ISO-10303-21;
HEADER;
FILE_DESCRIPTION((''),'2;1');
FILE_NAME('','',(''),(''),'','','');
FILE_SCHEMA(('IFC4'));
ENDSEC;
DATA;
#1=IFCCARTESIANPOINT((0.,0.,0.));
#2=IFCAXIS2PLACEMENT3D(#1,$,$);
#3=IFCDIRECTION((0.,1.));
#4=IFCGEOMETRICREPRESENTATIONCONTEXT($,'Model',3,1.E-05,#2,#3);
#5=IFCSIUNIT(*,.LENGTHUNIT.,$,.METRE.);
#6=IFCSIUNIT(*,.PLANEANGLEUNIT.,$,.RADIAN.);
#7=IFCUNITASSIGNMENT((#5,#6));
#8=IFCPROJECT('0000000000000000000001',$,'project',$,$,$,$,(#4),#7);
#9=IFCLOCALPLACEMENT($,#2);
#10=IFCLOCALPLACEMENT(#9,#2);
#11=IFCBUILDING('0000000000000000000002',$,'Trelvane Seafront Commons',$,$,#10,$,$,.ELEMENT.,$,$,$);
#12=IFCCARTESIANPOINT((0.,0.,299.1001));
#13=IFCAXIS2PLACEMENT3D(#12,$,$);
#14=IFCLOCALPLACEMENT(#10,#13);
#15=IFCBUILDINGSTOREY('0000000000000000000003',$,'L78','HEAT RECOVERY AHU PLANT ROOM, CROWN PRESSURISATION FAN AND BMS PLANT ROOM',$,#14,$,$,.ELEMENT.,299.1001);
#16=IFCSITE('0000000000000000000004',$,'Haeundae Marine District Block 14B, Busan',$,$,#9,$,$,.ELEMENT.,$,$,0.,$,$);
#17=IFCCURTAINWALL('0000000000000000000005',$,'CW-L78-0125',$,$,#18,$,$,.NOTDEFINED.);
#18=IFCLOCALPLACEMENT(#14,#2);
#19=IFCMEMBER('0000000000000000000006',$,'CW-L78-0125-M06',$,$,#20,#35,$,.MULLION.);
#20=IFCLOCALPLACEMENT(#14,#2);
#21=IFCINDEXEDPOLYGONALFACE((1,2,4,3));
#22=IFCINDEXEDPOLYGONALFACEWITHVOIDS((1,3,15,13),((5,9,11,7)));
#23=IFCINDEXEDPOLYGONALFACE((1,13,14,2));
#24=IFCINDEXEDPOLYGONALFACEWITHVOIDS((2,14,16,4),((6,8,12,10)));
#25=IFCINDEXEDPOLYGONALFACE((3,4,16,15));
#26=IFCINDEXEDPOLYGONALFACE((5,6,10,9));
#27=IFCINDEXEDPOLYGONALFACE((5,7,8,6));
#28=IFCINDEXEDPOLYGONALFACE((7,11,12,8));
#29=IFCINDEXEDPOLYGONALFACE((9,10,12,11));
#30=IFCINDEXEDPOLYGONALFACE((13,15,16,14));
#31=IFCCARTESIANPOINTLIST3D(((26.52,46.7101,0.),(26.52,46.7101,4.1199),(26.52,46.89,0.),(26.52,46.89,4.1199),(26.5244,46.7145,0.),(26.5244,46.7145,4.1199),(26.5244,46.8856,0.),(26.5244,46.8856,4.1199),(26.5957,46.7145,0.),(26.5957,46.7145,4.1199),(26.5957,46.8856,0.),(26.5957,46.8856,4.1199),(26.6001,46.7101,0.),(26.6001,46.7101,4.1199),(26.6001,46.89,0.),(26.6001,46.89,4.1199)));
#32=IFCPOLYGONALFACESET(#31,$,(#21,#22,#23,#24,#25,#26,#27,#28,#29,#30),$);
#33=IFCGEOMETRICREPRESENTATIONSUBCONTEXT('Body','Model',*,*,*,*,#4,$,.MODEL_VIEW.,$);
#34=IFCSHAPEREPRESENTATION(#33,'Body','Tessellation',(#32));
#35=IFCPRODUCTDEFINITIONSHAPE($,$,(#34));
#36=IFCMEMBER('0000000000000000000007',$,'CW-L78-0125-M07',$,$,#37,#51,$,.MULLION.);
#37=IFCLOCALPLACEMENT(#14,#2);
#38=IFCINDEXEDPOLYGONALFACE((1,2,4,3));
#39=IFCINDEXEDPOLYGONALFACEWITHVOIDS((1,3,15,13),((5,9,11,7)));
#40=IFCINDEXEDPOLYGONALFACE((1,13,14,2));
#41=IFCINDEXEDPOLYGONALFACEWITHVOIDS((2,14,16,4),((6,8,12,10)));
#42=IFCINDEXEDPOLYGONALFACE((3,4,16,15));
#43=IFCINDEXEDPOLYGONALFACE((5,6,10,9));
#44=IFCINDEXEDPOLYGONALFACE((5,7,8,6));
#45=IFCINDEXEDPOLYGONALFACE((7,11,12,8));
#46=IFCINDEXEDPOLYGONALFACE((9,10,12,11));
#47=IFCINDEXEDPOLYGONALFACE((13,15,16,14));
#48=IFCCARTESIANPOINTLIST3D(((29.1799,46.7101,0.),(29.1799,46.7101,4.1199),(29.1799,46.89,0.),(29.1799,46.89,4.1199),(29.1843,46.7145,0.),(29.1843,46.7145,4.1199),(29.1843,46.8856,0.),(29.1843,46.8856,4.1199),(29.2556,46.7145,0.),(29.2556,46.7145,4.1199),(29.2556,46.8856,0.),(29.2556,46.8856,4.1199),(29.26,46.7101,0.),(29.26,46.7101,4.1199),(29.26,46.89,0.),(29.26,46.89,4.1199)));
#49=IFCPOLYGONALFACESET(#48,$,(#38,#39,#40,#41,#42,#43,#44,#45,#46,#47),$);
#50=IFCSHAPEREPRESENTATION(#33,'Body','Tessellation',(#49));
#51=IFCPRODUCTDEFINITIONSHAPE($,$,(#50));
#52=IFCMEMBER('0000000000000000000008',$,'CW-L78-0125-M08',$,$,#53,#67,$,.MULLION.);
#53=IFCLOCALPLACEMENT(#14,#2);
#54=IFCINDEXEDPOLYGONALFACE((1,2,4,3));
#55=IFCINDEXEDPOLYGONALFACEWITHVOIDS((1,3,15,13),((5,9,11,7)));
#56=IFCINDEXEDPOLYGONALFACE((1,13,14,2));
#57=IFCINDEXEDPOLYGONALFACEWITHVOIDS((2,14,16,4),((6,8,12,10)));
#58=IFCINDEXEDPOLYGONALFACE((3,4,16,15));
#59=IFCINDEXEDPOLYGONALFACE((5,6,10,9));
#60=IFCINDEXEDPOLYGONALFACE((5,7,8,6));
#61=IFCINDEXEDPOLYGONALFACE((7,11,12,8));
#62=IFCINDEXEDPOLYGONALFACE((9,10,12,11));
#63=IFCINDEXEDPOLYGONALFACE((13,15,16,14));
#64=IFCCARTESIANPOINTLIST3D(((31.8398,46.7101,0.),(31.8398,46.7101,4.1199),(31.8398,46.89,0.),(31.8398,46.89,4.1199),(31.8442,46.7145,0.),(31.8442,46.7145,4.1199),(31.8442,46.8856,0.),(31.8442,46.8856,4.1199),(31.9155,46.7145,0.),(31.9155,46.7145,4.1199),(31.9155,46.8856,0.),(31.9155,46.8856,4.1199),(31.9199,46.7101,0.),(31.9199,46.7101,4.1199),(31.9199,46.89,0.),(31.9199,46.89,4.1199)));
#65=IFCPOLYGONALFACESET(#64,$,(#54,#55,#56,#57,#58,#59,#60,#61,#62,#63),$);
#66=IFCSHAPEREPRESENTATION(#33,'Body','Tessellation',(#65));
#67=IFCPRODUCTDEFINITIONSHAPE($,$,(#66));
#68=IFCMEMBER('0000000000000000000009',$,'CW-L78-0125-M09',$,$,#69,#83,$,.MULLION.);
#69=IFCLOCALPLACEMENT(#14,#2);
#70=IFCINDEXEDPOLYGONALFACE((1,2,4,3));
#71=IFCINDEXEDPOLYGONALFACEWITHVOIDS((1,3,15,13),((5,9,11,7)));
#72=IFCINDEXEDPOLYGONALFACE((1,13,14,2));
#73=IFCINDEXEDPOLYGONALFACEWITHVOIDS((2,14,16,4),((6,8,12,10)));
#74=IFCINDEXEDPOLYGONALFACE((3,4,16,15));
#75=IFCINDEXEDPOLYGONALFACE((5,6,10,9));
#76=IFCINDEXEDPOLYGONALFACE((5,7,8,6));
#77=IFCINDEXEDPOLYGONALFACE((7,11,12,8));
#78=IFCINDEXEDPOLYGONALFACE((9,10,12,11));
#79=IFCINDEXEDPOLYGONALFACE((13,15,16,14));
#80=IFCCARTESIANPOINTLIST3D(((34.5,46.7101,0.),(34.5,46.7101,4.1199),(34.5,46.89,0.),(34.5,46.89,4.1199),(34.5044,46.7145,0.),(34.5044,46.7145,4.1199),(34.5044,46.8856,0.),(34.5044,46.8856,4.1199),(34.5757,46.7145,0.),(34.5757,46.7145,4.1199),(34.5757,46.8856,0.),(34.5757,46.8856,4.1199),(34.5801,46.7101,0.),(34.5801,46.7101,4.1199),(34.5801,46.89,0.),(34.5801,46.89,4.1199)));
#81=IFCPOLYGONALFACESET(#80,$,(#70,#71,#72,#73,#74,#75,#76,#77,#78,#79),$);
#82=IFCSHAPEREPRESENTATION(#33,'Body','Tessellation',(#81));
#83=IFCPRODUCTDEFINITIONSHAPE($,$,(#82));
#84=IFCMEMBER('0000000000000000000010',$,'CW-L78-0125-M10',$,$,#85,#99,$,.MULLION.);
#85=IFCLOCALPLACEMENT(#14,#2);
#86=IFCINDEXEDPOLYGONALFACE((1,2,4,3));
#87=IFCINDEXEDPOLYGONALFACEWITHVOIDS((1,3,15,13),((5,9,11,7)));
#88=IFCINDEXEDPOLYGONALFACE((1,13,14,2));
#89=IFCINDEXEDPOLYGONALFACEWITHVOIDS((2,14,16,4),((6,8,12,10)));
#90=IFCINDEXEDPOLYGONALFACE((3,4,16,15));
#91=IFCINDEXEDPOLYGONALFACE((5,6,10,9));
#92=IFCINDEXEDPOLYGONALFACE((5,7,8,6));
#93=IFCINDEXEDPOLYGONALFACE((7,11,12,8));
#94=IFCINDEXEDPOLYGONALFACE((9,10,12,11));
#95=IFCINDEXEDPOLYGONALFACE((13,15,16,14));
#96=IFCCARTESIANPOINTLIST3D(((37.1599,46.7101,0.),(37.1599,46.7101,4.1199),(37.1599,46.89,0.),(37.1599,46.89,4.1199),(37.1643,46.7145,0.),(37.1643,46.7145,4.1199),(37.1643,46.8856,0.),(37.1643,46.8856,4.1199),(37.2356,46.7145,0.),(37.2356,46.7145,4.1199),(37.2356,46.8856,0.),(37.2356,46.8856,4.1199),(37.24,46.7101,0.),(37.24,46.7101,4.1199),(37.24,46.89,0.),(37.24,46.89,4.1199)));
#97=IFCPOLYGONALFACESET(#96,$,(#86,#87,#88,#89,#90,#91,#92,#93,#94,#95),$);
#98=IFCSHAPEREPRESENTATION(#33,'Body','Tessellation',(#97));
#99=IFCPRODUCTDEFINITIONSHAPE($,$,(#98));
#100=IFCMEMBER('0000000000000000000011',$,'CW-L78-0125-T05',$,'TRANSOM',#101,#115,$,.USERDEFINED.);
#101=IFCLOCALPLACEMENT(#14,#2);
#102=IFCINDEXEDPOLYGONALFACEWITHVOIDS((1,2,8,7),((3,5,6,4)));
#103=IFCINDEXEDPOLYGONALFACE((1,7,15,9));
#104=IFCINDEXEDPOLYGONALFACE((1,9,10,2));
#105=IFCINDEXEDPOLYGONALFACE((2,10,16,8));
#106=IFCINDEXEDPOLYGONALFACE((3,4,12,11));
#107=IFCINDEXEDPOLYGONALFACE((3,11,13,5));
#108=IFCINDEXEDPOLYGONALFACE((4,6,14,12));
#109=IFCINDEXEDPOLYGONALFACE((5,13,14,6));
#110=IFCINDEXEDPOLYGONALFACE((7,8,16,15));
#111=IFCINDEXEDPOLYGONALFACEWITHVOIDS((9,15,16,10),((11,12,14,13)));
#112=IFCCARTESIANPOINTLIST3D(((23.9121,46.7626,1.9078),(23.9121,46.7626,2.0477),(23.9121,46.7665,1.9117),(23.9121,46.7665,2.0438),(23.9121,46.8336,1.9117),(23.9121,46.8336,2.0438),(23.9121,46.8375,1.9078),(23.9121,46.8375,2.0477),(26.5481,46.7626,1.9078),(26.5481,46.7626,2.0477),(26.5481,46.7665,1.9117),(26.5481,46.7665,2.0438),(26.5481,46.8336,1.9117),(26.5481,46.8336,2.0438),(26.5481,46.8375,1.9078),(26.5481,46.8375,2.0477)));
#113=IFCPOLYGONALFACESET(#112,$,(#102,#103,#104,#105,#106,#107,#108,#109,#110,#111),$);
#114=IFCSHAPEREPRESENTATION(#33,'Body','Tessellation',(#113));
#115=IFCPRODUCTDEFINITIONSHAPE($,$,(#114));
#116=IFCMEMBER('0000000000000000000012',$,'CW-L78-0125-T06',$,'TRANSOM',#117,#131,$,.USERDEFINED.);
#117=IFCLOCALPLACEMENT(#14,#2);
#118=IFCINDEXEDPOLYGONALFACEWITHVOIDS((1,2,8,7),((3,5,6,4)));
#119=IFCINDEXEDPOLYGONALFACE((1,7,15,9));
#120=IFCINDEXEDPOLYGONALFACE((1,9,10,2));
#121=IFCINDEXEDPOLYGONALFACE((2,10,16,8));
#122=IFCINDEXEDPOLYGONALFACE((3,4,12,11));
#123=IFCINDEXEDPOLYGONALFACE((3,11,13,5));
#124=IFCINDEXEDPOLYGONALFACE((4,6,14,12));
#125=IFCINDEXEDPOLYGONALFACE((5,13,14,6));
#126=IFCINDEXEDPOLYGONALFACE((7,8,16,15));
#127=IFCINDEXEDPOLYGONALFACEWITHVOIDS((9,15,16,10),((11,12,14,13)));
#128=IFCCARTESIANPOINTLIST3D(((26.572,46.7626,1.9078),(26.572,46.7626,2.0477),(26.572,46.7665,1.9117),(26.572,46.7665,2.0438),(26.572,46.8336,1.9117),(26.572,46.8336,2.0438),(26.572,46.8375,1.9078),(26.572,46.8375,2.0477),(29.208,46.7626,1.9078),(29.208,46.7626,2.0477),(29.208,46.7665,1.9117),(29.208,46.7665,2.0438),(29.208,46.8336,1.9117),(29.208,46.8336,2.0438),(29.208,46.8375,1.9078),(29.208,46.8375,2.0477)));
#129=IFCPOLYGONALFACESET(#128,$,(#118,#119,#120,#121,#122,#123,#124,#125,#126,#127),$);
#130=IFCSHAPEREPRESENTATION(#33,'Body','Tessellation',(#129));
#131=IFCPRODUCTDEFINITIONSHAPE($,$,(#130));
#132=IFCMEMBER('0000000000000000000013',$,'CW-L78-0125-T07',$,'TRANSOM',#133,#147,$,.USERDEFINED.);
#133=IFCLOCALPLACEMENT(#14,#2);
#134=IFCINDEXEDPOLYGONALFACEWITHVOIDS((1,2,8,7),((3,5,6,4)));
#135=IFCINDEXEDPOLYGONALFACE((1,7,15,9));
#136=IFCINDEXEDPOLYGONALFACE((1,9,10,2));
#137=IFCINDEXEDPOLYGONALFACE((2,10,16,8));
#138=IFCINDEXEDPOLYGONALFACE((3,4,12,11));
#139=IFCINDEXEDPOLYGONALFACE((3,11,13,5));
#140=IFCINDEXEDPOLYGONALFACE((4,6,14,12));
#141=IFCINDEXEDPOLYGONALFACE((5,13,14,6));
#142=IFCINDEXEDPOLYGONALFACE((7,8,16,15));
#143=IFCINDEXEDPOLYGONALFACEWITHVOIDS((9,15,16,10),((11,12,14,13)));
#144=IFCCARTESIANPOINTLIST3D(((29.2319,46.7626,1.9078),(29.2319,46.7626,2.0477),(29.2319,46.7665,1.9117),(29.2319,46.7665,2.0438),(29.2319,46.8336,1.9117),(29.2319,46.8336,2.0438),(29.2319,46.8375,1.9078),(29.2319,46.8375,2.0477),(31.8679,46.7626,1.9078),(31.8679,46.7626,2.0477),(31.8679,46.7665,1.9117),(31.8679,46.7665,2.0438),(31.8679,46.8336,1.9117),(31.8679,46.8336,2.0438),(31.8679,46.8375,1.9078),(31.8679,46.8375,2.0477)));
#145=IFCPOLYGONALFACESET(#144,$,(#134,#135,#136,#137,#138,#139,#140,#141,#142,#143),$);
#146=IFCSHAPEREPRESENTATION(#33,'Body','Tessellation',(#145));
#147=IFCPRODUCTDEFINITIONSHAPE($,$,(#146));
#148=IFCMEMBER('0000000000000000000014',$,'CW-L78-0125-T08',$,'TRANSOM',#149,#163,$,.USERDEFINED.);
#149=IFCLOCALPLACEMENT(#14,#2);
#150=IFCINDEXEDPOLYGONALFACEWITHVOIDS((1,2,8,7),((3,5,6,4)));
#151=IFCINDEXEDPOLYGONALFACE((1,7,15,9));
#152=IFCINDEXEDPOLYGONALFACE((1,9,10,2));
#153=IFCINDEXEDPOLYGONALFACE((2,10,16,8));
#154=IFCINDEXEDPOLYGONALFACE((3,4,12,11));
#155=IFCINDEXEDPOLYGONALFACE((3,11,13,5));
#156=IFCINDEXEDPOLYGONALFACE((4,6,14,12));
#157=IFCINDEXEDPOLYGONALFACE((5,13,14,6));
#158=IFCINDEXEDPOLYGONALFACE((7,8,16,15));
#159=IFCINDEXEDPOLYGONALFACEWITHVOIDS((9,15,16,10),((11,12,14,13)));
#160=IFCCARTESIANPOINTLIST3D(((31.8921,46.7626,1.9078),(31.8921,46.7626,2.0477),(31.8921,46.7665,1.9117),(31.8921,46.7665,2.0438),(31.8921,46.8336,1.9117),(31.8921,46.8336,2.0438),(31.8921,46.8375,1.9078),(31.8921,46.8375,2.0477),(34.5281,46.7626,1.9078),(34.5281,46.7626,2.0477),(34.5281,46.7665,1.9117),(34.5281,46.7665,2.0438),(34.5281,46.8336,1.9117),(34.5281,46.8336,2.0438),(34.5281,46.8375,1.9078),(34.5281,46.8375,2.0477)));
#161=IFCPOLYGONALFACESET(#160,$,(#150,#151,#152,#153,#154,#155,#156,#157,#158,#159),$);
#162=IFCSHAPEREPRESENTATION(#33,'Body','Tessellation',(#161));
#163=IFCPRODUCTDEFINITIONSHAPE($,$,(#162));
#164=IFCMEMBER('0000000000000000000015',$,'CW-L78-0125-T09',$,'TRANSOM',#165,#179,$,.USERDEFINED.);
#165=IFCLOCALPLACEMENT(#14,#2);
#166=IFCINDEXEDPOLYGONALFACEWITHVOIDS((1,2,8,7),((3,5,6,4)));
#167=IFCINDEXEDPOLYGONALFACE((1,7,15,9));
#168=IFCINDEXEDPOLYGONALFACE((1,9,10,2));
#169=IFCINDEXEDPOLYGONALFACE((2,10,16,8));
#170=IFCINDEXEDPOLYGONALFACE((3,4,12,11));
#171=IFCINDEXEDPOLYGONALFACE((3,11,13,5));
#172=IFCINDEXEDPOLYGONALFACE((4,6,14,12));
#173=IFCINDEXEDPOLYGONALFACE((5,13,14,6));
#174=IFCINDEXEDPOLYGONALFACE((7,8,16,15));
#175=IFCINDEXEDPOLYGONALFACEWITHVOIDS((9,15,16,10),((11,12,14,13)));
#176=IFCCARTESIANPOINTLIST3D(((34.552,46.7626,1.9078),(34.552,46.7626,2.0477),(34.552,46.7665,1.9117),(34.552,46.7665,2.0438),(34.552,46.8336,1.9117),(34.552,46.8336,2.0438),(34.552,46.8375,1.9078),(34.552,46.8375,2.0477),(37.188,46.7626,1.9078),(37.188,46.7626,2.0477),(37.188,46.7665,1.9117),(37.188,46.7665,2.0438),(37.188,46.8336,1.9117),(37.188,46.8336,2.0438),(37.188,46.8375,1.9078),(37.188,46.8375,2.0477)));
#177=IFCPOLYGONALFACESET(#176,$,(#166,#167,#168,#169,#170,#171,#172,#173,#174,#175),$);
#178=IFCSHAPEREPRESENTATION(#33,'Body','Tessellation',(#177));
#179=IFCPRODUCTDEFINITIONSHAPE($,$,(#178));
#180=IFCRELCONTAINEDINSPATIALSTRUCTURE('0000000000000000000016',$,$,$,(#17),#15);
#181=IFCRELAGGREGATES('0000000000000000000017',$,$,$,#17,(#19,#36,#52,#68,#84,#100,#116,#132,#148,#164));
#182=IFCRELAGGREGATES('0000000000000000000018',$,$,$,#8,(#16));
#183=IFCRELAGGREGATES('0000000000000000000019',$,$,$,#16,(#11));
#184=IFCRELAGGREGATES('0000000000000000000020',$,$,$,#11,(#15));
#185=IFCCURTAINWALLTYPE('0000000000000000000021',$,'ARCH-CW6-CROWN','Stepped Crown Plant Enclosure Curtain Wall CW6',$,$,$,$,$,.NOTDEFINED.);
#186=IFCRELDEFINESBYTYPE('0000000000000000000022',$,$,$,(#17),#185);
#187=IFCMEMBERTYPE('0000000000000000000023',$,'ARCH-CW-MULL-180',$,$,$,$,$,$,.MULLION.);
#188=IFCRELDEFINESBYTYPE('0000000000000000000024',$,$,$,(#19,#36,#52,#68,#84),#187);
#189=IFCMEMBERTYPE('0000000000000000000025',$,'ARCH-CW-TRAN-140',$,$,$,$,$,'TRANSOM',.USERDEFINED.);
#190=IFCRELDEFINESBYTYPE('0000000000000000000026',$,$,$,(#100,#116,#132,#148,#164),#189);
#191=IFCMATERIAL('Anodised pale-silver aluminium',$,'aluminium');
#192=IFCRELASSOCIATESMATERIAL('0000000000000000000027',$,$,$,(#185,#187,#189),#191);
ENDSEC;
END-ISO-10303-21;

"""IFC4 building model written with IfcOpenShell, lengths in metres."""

from ifc_helpers import new_model, si_unit, direction, frame, origin, origin_2d, place, context, subcontext, project, spatial, hollow_rectangle, extrude, source, transform, mapped, material, material_profile, profile_set, type_object, element, aggregate, save


model = new_model("IFC4")

# Units and contexts
model_context = context("Model", 3, precision=1e-05, world=origin(), true_north=direction((0.0, 1.0)))
body_context = subcontext(model_context, "Body", "Model", "MODEL_VIEW")
ifc_project = project(units=[si_unit("LENGTHUNIT", "METRE"), si_unit("PLANEANGLEUNIT", "RADIAN")], contexts=[model_context])

# Site, building, storey
site_placement = place(None, origin())
site = spatial("IfcSite", under=ifc_project, at=site_placement, Name="Haeundae Marine District Block 14B, Busan", CompositionType="ELEMENT", RefElevation=0.0)
building_placement = place(site_placement, origin())
building = spatial("IfcBuilding", under=site, at=building_placement, Name="Trelvane Seafront Commons", CompositionType="ELEMENT")
storey_placement = place(building_placement, frame((0.0, 0.0, 299.1001)))
storey = spatial("IfcBuildingStorey", under=building, at=storey_placement, Name="L78", Description="HEAT RECOVERY AHU PLANT ROOM, CROWN PRESSURISATION FAN AND BMS PLANT ROOM", CompositionType="ELEMENT", Elevation=299.1001)

# Curtain wall, members
ifc_material_1 = material(Name="Anodised pale-silver aluminium", Category="aluminium")
curtain_wall_type = type_object("IfcCurtainWallType", Name="ARCH-CW6-CROWN", Description="Stepped Crown Plant Enclosure Curtain Wall CW6", PredefinedType="NOTDEFINED", material=ifc_material_1)
curtain_wall_placement = place(storey_placement, origin())
curtain_wall = element("IfcCurtainWall", 1, at=curtain_wall_placement, inside=storey, type_object=curtain_wall_type, Name="CW-L78-0125", PredefinedType="NOTDEFINED")
ifc_material_profile_1 = material_profile(ifc_material_1, hollow_rectangle(XDim=0.0801, YDim=0.1799, WallThickness=0.0044, at=origin_2d()), Name="MULL-80x180x4.5")
ifc_profile_set_1 = profile_set([ifc_material_profile_1], Name="Anodised pale-silver aluminium")
member_type_1 = type_object("IfcMemberType", Name="ARCH-CW-MULL-180", PredefinedType="MULLION", material=ifc_profile_set_1)
shared_shape_1 = source(origin(), body_context, "Body", "SweptSolid", [
    extrude(hollow_rectangle(XDim=0.0801, YDim=0.1799, WallThickness=0.0044, at=origin_2d()), origin(), (0.0, 0.0, 1.0), 4.1199),
])
member_1_placement = place(storey_placement, frame((26.5601, 46.8, 0.0), z_axis=(0.0, 0.0, 1.0), x_axis=(1.0, 0.0, 0.0)))
member_1 = element("IfcMember", 2, at=member_1_placement, type_object=member_type_1, Name="CW-L78-0125-M06", PredefinedType="MULLION", context=body_context, shape_type="MappedRepresentation", body=[
    mapped(shared_shape_1, transform((0.0, 0.0, 0.0), x_axis=(1.0, 0.0, 0.0), y_axis=(0.0, 1.0, 0.0), z_axis=(0.0, 0.0, 1.0), scale=1.0)),
])
member_2_placement = place(storey_placement, frame((29.22, 46.8, 0.0), z_axis=(0.0, 0.0, 1.0), x_axis=(1.0, 0.0, 0.0)))
member_2 = element("IfcMember", 3, at=member_2_placement, type_object=member_type_1, Name="CW-L78-0125-M07", PredefinedType="MULLION", context=body_context, shape_type="MappedRepresentation", body=[
    mapped(shared_shape_1, transform((0.0, 0.0, 0.0), x_axis=(1.0, 0.0, 0.0), y_axis=(0.0, 1.0, 0.0), z_axis=(0.0, 0.0, 1.0), scale=1.0)),
])
member_3_placement = place(storey_placement, frame((31.8799, 46.8, 0.0), z_axis=(0.0, 0.0, 1.0), x_axis=(1.0, 0.0, 0.0)))
member_3 = element("IfcMember", 4, at=member_3_placement, type_object=member_type_1, Name="CW-L78-0125-M08", PredefinedType="MULLION", context=body_context, shape_type="MappedRepresentation", body=[
    mapped(shared_shape_1, transform((0.0, 0.0, 0.0), x_axis=(1.0, 0.0, 0.0), y_axis=(0.0, 1.0, 0.0), z_axis=(0.0, 0.0, 1.0), scale=1.0)),
])
member_4_placement = place(storey_placement, frame((34.54, 46.8, 0.0), z_axis=(0.0, 0.0, 1.0), x_axis=(1.0, 0.0, 0.0)))
member_4 = element("IfcMember", 5, at=member_4_placement, type_object=member_type_1, Name="CW-L78-0125-M09", PredefinedType="MULLION", context=body_context, shape_type="MappedRepresentation", body=[
    mapped(shared_shape_1, transform((0.0, 0.0, 0.0), x_axis=(1.0, 0.0, 0.0), y_axis=(0.0, 1.0, 0.0), z_axis=(0.0, 0.0, 1.0), scale=1.0)),
])
member_5_placement = place(storey_placement, frame((37.2, 46.8, 0.0), z_axis=(0.0, 0.0, 1.0), x_axis=(1.0, 0.0, 0.0)))
member_5 = element("IfcMember", 6, at=member_5_placement, type_object=member_type_1, Name="CW-L78-0125-M10", PredefinedType="MULLION", context=body_context, shape_type="MappedRepresentation", body=[
    mapped(shared_shape_1, transform((0.0, 0.0, 0.0), x_axis=(1.0, 0.0, 0.0), y_axis=(0.0, 1.0, 0.0), z_axis=(0.0, 0.0, 1.0), scale=1.0)),
])
ifc_material_profile_2 = material_profile(ifc_material_1, hollow_rectangle(XDim=0.075, YDim=0.1399, WallThickness=0.0039, at=origin_2d()), Name="TRAN-75x140x4")
ifc_profile_set_2 = profile_set([ifc_material_profile_2], Name="Anodised pale-silver aluminium")
member_type_2 = type_object("IfcMemberType", Name="ARCH-CW-TRAN-140", ElementType="TRANSOM", PredefinedType="USERDEFINED", material=ifc_profile_set_2)
shared_shape_2 = source(origin(), body_context, "Body", "SweptSolid", [
    extrude(hollow_rectangle(XDim=0.075, YDim=0.1399, WallThickness=0.0039, at=origin_2d()), origin(), (0.0, 0.0, 1.0), 2.636),
])
member_6_placement = place(storey_placement, frame((23.9121, 46.8, 1.9778), z_axis=(1.0, 0.0, 0.0), x_axis=(0.0, 1.0, 0.0)))
member_6 = element("IfcMember", 7, at=member_6_placement, type_object=member_type_2, Name="CW-L78-0125-T05", ObjectType="TRANSOM", PredefinedType="USERDEFINED", context=body_context, shape_type="MappedRepresentation", body=[
    mapped(shared_shape_2, transform((0.0, 0.0, 0.0), x_axis=(1.0, 0.0, 0.0), y_axis=(0.0, 1.0, 0.0), z_axis=(0.0, 0.0, 1.0), scale=1.0)),
])
member_7_placement = place(storey_placement, frame((26.572, 46.8, 1.9778), z_axis=(1.0, 0.0, 0.0), x_axis=(0.0, 1.0, 0.0)))
member_7 = element("IfcMember", 8, at=member_7_placement, type_object=member_type_2, Name="CW-L78-0125-T06", ObjectType="TRANSOM", PredefinedType="USERDEFINED", context=body_context, shape_type="MappedRepresentation", body=[
    mapped(shared_shape_2, transform((0.0, 0.0, 0.0), x_axis=(1.0, 0.0, 0.0), y_axis=(0.0, 1.0, 0.0), z_axis=(0.0, 0.0, 1.0), scale=1.0)),
])
member_8_placement = place(storey_placement, frame((29.2319, 46.8, 1.9778), z_axis=(1.0, 0.0, 0.0), x_axis=(0.0, 1.0, 0.0)))
member_8 = element("IfcMember", 9, at=member_8_placement, type_object=member_type_2, Name="CW-L78-0125-T07", ObjectType="TRANSOM", PredefinedType="USERDEFINED", context=body_context, shape_type="MappedRepresentation", body=[
    mapped(shared_shape_2, transform((0.0, 0.0, 0.0), x_axis=(1.0, 0.0, 0.0), y_axis=(0.0, 1.0, 0.0), z_axis=(0.0, 0.0, 1.0), scale=1.0)),
])
member_9_placement = place(storey_placement, frame((31.8921, 46.8, 1.9778), z_axis=(1.0, 0.0, 0.0), x_axis=(0.0, 1.0, 0.0)))
member_9 = element("IfcMember", 10, at=member_9_placement, type_object=member_type_2, Name="CW-L78-0125-T08", ObjectType="TRANSOM", PredefinedType="USERDEFINED", context=body_context, shape_type="MappedRepresentation", body=[
    mapped(shared_shape_2, transform((0.0, 0.0, 0.0), x_axis=(1.0, 0.0, 0.0), y_axis=(0.0, 1.0, 0.0), z_axis=(0.0, 0.0, 1.0), scale=1.0)),
])
member_10_placement = place(storey_placement, frame((34.552, 46.8, 1.9778), z_axis=(1.0, 0.0, 0.0), x_axis=(0.0, 1.0, 0.0)))
member_10 = element("IfcMember", 11, at=member_10_placement, type_object=member_type_2, Name="CW-L78-0125-T09", ObjectType="TRANSOM", PredefinedType="USERDEFINED", context=body_context, shape_type="MappedRepresentation", body=[
    mapped(shared_shape_2, transform((0.0, 0.0, 0.0), x_axis=(1.0, 0.0, 0.0), y_axis=(0.0, 1.0, 0.0), z_axis=(0.0, 0.0, 1.0), scale=1.0)),
])

aggregate(curtain_wall, [member_1, member_2, member_3, member_4, member_5, member_6, member_7, member_8, member_9, member_10])

save(model, "model.ifc")
